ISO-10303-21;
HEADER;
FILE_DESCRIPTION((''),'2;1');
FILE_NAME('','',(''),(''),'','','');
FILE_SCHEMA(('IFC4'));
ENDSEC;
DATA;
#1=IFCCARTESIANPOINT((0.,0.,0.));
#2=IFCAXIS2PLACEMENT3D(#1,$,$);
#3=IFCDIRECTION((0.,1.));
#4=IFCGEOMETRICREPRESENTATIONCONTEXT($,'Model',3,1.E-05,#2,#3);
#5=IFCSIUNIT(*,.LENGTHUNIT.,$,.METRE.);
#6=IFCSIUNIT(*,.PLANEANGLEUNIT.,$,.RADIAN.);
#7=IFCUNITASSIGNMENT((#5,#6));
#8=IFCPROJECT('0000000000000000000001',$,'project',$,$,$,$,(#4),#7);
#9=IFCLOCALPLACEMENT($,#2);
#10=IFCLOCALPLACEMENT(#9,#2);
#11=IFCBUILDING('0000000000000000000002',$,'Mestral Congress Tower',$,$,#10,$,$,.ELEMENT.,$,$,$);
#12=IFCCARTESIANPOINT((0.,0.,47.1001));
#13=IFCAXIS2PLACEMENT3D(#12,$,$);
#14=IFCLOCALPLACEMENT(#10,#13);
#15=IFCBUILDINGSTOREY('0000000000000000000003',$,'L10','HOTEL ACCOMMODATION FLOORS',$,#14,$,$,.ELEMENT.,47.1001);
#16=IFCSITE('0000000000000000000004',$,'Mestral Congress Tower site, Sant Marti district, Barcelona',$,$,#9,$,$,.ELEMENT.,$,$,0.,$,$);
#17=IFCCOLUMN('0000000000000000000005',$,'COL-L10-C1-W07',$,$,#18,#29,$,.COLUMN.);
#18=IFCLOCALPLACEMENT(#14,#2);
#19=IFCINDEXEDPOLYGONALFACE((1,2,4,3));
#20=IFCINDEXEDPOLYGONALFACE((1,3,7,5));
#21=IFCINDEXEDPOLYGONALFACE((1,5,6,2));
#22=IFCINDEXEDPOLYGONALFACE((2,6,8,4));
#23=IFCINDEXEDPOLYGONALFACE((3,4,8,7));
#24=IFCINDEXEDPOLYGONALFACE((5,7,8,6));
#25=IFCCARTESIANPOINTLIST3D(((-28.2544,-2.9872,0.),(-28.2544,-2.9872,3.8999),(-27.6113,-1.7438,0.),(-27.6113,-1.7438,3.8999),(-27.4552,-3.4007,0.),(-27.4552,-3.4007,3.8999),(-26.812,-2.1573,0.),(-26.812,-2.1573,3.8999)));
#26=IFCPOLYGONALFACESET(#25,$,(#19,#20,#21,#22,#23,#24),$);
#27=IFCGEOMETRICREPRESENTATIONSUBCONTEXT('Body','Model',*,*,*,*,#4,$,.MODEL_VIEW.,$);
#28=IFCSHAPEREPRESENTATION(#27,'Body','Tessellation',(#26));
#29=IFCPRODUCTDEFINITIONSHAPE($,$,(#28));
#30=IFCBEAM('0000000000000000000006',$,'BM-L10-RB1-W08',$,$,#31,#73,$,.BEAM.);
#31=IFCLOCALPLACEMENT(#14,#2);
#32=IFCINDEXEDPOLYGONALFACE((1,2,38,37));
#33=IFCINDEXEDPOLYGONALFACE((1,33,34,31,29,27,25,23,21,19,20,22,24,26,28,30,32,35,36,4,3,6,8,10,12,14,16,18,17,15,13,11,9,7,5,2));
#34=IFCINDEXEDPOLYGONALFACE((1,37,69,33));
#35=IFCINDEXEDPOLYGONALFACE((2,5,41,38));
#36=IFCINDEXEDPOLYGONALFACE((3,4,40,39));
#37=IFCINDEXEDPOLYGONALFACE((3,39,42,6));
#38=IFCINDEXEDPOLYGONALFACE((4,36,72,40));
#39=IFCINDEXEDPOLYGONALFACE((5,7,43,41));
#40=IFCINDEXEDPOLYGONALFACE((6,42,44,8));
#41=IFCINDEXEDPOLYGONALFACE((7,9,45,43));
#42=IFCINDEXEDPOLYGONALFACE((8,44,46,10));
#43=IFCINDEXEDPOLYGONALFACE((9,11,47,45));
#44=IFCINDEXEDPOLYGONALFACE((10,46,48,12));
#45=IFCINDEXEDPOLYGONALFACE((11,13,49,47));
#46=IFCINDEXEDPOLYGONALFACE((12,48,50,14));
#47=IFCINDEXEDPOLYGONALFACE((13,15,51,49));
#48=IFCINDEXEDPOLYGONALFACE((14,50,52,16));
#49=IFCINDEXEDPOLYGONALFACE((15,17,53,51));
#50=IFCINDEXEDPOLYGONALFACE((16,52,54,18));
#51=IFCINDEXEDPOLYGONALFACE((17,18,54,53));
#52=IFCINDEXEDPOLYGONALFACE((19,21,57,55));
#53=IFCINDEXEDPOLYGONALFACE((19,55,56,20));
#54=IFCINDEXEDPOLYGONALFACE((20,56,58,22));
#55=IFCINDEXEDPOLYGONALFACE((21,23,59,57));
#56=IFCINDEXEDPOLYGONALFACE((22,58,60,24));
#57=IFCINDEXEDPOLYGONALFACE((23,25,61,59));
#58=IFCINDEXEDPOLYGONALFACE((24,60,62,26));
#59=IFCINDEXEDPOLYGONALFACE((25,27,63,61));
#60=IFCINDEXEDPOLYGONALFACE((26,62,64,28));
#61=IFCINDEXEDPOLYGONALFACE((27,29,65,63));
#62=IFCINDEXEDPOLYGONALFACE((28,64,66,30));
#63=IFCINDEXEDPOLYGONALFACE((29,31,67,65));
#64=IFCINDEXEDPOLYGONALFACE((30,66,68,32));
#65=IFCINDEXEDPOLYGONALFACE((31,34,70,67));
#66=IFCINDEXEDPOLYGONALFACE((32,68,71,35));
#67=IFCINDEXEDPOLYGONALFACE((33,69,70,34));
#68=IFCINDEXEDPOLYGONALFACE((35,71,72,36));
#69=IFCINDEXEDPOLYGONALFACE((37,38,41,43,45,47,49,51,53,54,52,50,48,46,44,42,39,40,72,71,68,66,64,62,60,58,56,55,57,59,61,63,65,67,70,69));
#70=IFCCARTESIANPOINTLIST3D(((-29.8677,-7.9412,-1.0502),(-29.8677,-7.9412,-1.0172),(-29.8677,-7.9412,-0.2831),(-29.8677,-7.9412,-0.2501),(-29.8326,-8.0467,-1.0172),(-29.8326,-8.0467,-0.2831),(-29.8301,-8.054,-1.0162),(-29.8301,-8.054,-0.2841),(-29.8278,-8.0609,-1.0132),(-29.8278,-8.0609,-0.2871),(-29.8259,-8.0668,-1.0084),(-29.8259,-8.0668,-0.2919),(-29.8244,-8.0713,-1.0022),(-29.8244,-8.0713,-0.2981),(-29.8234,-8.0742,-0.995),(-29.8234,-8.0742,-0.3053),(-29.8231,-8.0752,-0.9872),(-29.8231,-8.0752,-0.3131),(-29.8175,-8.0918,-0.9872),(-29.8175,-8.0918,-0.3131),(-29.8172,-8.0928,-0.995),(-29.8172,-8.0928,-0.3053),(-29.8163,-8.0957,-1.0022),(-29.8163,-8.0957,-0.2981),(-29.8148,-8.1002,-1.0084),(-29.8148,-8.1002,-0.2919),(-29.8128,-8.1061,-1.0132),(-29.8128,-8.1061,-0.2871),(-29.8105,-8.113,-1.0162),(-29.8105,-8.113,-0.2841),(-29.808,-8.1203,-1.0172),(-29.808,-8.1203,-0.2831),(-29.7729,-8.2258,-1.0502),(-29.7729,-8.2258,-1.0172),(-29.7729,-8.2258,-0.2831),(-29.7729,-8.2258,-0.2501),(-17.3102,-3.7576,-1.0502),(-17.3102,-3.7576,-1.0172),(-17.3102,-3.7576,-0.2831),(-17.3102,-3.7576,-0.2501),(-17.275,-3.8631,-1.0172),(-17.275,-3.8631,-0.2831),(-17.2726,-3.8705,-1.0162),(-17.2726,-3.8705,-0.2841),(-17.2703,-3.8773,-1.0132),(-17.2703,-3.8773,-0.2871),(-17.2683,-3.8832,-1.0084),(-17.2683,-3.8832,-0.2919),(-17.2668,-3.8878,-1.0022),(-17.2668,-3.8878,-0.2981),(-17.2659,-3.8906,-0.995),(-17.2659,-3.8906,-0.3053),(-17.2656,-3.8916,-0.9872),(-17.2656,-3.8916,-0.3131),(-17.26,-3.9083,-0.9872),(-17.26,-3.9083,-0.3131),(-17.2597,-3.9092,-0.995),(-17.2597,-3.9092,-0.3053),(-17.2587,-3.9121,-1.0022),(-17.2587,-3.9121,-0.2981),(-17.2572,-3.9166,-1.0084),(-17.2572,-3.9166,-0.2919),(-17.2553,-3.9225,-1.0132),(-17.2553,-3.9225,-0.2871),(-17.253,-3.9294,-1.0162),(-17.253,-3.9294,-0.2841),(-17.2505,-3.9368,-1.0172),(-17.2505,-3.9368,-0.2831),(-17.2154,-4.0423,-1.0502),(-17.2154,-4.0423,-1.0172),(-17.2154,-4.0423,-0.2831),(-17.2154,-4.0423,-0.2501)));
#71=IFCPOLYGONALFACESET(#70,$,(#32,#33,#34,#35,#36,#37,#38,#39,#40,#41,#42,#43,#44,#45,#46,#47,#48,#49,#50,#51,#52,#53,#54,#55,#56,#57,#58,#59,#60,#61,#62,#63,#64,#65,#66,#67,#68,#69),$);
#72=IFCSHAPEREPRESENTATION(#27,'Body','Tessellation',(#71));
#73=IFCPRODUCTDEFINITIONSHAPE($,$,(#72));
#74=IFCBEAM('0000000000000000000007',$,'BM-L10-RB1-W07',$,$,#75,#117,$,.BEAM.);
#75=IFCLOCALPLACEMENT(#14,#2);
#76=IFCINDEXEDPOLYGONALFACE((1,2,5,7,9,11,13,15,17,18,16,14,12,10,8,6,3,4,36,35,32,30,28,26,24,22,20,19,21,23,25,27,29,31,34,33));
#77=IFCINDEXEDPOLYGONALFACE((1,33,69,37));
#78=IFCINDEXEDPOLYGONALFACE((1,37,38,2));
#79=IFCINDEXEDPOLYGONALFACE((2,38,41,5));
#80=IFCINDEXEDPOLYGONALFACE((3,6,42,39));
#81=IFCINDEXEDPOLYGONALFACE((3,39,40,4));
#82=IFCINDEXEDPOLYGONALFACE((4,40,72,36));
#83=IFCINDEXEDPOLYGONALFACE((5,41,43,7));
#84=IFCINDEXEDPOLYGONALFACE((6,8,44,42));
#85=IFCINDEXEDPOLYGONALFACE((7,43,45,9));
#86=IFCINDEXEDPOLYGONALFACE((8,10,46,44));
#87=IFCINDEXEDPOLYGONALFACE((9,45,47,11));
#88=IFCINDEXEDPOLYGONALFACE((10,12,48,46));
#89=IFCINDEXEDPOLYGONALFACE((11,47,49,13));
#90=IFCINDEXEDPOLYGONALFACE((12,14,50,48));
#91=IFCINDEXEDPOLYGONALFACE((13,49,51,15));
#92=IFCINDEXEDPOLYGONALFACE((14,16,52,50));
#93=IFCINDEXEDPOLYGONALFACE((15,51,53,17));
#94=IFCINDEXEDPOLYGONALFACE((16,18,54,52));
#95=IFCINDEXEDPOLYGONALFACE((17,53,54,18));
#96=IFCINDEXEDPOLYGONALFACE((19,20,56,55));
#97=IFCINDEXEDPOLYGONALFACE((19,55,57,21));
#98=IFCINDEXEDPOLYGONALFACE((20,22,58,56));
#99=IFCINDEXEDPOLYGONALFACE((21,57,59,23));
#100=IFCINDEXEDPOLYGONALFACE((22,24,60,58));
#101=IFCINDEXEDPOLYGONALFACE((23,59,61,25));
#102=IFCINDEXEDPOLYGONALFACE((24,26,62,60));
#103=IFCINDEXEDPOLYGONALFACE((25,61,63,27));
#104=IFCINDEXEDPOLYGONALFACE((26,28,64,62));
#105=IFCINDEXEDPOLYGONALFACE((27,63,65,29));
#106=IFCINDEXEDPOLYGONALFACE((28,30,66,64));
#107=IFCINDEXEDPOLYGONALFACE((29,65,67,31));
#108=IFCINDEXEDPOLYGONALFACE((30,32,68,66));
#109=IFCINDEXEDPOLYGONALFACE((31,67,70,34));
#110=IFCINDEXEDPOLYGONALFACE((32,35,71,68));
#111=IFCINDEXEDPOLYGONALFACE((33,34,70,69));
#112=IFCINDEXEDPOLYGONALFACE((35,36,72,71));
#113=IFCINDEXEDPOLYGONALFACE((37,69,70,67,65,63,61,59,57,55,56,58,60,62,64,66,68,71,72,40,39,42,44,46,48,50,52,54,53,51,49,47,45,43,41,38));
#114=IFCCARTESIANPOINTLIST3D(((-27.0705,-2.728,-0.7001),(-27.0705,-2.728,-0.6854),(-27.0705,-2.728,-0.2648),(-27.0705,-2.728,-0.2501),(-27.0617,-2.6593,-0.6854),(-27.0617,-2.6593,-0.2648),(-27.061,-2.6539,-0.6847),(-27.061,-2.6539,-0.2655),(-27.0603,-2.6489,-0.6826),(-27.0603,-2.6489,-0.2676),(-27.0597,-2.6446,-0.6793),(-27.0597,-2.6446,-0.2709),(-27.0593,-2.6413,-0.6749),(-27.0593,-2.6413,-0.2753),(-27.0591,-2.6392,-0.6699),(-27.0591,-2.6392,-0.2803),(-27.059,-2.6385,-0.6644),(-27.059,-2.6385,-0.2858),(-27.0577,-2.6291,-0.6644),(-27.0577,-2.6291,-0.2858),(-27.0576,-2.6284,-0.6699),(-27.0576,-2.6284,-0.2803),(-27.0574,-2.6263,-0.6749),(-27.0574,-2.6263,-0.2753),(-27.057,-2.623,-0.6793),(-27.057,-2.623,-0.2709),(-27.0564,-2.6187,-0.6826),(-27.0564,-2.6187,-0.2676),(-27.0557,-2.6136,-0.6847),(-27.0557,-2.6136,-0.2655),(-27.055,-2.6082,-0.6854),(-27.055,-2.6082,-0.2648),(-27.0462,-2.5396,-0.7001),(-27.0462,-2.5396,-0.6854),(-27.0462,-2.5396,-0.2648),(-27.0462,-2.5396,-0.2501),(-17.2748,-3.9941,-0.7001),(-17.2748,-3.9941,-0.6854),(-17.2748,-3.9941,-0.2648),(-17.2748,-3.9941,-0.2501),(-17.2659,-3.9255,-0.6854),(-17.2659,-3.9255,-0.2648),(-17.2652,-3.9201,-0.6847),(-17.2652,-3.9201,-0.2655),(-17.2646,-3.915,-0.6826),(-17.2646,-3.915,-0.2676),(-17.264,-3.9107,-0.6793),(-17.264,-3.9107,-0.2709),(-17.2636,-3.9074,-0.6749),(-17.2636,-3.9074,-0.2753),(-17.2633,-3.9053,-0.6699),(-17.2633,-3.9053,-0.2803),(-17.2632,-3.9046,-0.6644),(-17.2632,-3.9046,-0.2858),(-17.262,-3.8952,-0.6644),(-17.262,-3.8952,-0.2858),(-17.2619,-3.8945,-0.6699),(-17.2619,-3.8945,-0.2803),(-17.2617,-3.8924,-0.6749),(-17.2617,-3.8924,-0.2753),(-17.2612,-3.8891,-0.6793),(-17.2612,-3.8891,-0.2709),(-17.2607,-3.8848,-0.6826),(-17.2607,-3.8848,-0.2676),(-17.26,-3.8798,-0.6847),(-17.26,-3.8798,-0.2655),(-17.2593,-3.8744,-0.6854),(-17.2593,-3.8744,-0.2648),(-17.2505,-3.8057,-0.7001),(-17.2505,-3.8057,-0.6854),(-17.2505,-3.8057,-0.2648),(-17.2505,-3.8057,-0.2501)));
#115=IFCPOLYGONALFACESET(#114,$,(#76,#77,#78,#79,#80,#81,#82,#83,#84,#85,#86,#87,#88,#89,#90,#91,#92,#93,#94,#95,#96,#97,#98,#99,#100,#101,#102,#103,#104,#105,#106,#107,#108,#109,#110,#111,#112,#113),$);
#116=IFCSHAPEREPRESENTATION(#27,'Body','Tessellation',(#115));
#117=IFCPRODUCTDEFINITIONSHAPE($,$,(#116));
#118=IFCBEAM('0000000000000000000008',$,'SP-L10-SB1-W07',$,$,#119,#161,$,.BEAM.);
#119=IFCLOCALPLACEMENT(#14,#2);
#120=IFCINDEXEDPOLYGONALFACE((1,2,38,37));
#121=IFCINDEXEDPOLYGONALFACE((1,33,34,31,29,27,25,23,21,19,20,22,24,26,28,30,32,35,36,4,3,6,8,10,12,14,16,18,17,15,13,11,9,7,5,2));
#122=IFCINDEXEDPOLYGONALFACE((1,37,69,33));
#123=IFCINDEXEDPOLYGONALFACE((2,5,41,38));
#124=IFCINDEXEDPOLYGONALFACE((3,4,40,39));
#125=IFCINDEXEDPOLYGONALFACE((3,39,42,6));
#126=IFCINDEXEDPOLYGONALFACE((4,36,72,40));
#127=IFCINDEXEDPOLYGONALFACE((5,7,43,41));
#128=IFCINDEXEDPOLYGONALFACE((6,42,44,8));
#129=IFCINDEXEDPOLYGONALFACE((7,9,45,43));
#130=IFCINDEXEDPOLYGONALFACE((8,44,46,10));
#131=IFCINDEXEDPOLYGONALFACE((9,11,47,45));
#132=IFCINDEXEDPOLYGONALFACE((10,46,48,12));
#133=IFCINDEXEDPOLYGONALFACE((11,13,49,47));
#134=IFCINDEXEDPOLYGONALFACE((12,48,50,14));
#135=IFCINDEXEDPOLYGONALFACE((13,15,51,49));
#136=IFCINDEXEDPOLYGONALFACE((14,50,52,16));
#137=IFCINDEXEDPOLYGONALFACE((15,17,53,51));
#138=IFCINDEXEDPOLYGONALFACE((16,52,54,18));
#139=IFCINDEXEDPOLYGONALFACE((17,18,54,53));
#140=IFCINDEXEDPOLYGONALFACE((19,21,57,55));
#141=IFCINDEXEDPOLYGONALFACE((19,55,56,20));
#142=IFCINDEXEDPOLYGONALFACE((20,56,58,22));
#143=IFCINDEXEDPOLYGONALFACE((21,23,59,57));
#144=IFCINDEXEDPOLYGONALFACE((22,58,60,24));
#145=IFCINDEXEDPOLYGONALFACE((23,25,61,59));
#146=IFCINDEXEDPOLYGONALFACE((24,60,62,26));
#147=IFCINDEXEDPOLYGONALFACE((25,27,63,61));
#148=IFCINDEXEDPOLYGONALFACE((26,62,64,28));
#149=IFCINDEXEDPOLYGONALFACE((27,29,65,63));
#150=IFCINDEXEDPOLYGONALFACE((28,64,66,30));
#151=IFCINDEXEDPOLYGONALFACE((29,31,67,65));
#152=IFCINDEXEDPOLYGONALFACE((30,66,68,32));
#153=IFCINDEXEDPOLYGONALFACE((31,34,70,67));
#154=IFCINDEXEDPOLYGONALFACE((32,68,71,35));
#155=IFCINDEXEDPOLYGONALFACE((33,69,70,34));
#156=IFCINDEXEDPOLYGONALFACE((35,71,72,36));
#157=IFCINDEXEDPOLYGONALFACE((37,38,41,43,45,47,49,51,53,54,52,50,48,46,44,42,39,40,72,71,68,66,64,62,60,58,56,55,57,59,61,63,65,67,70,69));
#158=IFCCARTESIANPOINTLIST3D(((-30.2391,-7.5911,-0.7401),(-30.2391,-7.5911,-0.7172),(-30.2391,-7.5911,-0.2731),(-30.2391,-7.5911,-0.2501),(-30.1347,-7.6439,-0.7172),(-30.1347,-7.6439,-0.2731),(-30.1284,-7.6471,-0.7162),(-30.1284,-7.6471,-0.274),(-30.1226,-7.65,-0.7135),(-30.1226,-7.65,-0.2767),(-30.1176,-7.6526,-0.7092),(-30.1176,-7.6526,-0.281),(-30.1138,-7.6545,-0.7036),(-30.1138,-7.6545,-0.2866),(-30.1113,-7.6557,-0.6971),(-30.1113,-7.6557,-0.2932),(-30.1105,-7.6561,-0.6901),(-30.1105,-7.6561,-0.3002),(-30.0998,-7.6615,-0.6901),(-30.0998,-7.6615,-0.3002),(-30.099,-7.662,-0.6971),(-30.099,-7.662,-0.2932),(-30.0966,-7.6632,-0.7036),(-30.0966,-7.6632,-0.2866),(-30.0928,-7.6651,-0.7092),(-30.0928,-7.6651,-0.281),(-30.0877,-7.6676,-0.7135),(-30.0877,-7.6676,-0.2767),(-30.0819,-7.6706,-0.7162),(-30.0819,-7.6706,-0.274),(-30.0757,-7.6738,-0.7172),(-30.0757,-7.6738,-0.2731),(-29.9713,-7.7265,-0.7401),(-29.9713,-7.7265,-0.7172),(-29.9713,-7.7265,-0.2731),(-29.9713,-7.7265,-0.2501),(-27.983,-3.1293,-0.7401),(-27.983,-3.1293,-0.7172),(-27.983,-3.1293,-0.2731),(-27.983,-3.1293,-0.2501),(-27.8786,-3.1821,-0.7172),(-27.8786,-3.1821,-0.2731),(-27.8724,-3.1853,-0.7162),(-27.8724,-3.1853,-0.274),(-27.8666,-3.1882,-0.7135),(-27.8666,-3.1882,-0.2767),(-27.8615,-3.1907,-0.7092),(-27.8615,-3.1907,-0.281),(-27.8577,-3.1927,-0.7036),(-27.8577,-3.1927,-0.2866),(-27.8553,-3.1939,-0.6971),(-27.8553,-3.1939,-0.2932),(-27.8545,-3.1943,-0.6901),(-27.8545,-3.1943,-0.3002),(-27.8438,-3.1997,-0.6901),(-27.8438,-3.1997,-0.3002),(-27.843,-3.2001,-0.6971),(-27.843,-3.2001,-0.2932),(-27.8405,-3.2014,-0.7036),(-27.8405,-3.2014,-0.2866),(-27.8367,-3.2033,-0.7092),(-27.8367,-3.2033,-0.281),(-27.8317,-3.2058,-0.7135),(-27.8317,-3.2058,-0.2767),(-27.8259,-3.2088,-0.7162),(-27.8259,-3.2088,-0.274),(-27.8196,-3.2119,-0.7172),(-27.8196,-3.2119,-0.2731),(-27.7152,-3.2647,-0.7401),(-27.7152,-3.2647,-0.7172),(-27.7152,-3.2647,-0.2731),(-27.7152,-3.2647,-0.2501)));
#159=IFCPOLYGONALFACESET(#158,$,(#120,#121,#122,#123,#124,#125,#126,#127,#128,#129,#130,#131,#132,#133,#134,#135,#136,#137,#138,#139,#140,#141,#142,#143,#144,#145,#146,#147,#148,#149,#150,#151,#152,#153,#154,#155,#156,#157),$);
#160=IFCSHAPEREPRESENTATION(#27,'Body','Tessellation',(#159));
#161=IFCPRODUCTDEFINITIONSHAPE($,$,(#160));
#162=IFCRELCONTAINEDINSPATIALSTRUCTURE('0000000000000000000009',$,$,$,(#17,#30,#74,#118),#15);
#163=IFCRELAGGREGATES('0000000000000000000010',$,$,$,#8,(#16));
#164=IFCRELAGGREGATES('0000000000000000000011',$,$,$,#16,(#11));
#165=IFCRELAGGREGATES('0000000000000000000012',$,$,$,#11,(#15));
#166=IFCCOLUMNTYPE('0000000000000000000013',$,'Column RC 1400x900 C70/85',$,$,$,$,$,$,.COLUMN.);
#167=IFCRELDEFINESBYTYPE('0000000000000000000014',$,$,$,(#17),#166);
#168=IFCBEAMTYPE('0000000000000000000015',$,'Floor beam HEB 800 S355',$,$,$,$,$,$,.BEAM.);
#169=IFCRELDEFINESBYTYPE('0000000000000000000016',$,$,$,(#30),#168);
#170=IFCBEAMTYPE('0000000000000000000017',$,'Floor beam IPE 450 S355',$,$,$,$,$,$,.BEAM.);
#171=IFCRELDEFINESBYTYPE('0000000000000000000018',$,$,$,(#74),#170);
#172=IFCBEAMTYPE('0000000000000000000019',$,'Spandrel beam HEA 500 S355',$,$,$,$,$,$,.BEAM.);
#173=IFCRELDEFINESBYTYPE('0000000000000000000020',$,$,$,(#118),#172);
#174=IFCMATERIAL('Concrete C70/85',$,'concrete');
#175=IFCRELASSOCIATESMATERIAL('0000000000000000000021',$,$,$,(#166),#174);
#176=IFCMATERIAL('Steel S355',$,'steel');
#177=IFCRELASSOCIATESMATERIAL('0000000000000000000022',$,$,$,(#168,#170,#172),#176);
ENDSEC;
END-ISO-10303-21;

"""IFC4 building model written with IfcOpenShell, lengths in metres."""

from ifc_helpers import new_model, si_unit, direction, frame, origin, origin_2d, place, context, subcontext, project, spatial, rectangle, i_section, extrude, material, material_profile, profile_set, type_object, element, save


model = new_model("IFC4")

# Units and contexts
model_context = context("Model", 3, precision=1e-05, world=origin(), true_north=direction((0.0, 1.0)))
body_context = subcontext(model_context, "Body", "Model", "MODEL_VIEW")
ifc_project = project(units=[si_unit("LENGTHUNIT", "METRE"), si_unit("PLANEANGLEUNIT", "RADIAN")], contexts=[model_context])

# Site, building, storey
site_placement = place(None, origin())
site = spatial("IfcSite", under=ifc_project, at=site_placement, Name="Mestral Congress Tower site, Sant Marti district, Barcelona", CompositionType="ELEMENT", RefElevation=0.0)
building_placement = place(site_placement, origin())
building = spatial("IfcBuilding", under=site, at=building_placement, Name="Mestral Congress Tower", CompositionType="ELEMENT")
storey_placement = place(building_placement, frame((0.0, 0.0, 47.1001)))
storey = spatial("IfcBuildingStorey", under=building, at=storey_placement, Name="L10", Description="HOTEL ACCOMMODATION FLOORS", CompositionType="ELEMENT", Elevation=47.1001)

# Column
ifc_material_1 = material(Name="Concrete C70/85", Category="concrete")
ifc_material_profile_1 = material_profile(ifc_material_1, rectangle(XDim=1.3999, YDim=0.8999, at=origin_2d()), Name="RC 1400x900")
ifc_profile_set_1 = profile_set([ifc_material_profile_1], Name="Concrete C70/85")
column_type = type_object("IfcColumnType", Name="Column RC 1400x900 C70/85", PredefinedType="COLUMN", material=ifc_profile_set_1)
column_placement = place(storey_placement, frame((-27.5332, -2.5723, 0.0), z_axis=(0.0, 0.0, 1.0), x_axis=(-0.459456, -0.888201, 0.0)))
element("IfcColumn", 1, at=column_placement, inside=storey, type_object=column_type, Name="COL-L10-C1-W07", PredefinedType="COLUMN", context=body_context, shape_type="SweptSolid", body=[
    extrude(rectangle(XDim=1.3999, YDim=0.8999, at=origin_2d()), origin(), (0.0, 0.0, 1.0), 3.8999),
])

# Beams
ifc_material_2 = material(Name="Steel S355", Category="steel")
ifc_material_profile_2 = material_profile(ifc_material_2, i_section(OverallWidth=0.3, OverallDepth=0.8, WebThickness=0.0176, FlangeThickness=0.033, FilletRadius=0.03, at=origin_2d()), Name="HEB 800")
ifc_profile_set_2 = profile_set([ifc_material_profile_2], Name="Steel S355")
beam_type_1 = type_object("IfcBeamType", Name="Floor beam HEB 800 S355", PredefinedType="BEAM", material=ifc_profile_set_2)
beam_1_placement = place(storey_placement, frame((-29.8203, -8.0835, -0.6501), z_axis=(0.948735, 0.316073, 0.0), x_axis=(-0.316073, 0.948735, 0.0)))
element("IfcBeam", 2, at=beam_1_placement, inside=storey, type_object=beam_type_1, Name="BM-L10-RB1-W08", PredefinedType="BEAM", context=body_context, shape_type="SweptSolid", body=[
    extrude(i_section(OverallWidth=0.3, OverallDepth=0.8, WebThickness=0.0176, FlangeThickness=0.033, FilletRadius=0.03, at=origin_2d()), origin(), (0.0, 0.0, 1.0), 13.2361),
])
ifc_material_profile_3 = material_profile(ifc_material_2, i_section(OverallWidth=0.1899, OverallDepth=0.45, WebThickness=0.0095, FlangeThickness=0.0146, FilletRadius=0.021, at=origin_2d()), Name="IPE 450")
ifc_profile_set_3 = profile_set([ifc_material_profile_3], Name="Steel S355")
beam_type_2 = type_object("IfcBeamType", Name="Floor beam IPE 450 S355", PredefinedType="BEAM", material=ifc_profile_set_3)
beam_2_placement = place(storey_placement, frame((-27.0583, -2.6338, -0.4751), z_axis=(0.99175, -0.128186, 0.0), x_axis=(0.128186, 0.99175, 0.0)))
element("IfcBeam", 3, at=beam_2_placement, inside=storey, type_object=beam_type_2, Name="BM-L10-RB1-W07", PredefinedType="BEAM", context=body_context, shape_type="SweptSolid", body=[
    extrude(i_section(OverallWidth=0.1899, OverallDepth=0.45, WebThickness=0.0095, FlangeThickness=0.0146, FilletRadius=0.021, at=origin_2d()), origin(), (0.0, 0.0, 1.0), 9.8772),
])
ifc_material_profile_4 = material_profile(ifc_material_2, i_section(OverallWidth=0.3, OverallDepth=0.49, WebThickness=0.012, FlangeThickness=0.0229, FilletRadius=0.0271, at=origin_2d()), Name="HEA 500")
ifc_profile_set_4 = profile_set([ifc_material_profile_4], Name="Steel S355")
beam_type_3 = type_object("IfcBeamType", Name="Spandrel beam HEA 500 S355", PredefinedType="BEAM", material=ifc_profile_set_4)
beam_3_placement = place(storey_placement, frame((-27.8491, -3.197, -0.4951), z_axis=(-0.451233, -0.892406, 0.0), x_axis=(0.892406, -0.451233, 0.0)))
element("IfcBeam", 4, at=beam_3_placement, inside=storey, type_object=beam_type_3, Name="SP-L10-SB1-W07", PredefinedType="BEAM", context=body_context, shape_type="SweptSolid", body=[
    extrude(i_section(OverallWidth=0.3, OverallDepth=0.49, WebThickness=0.012, FlangeThickness=0.0229, FilletRadius=0.0271, at=origin_2d()), origin(), (0.0, 0.0, 1.0), 4.9998),
])

save(model, "model.ifc")
